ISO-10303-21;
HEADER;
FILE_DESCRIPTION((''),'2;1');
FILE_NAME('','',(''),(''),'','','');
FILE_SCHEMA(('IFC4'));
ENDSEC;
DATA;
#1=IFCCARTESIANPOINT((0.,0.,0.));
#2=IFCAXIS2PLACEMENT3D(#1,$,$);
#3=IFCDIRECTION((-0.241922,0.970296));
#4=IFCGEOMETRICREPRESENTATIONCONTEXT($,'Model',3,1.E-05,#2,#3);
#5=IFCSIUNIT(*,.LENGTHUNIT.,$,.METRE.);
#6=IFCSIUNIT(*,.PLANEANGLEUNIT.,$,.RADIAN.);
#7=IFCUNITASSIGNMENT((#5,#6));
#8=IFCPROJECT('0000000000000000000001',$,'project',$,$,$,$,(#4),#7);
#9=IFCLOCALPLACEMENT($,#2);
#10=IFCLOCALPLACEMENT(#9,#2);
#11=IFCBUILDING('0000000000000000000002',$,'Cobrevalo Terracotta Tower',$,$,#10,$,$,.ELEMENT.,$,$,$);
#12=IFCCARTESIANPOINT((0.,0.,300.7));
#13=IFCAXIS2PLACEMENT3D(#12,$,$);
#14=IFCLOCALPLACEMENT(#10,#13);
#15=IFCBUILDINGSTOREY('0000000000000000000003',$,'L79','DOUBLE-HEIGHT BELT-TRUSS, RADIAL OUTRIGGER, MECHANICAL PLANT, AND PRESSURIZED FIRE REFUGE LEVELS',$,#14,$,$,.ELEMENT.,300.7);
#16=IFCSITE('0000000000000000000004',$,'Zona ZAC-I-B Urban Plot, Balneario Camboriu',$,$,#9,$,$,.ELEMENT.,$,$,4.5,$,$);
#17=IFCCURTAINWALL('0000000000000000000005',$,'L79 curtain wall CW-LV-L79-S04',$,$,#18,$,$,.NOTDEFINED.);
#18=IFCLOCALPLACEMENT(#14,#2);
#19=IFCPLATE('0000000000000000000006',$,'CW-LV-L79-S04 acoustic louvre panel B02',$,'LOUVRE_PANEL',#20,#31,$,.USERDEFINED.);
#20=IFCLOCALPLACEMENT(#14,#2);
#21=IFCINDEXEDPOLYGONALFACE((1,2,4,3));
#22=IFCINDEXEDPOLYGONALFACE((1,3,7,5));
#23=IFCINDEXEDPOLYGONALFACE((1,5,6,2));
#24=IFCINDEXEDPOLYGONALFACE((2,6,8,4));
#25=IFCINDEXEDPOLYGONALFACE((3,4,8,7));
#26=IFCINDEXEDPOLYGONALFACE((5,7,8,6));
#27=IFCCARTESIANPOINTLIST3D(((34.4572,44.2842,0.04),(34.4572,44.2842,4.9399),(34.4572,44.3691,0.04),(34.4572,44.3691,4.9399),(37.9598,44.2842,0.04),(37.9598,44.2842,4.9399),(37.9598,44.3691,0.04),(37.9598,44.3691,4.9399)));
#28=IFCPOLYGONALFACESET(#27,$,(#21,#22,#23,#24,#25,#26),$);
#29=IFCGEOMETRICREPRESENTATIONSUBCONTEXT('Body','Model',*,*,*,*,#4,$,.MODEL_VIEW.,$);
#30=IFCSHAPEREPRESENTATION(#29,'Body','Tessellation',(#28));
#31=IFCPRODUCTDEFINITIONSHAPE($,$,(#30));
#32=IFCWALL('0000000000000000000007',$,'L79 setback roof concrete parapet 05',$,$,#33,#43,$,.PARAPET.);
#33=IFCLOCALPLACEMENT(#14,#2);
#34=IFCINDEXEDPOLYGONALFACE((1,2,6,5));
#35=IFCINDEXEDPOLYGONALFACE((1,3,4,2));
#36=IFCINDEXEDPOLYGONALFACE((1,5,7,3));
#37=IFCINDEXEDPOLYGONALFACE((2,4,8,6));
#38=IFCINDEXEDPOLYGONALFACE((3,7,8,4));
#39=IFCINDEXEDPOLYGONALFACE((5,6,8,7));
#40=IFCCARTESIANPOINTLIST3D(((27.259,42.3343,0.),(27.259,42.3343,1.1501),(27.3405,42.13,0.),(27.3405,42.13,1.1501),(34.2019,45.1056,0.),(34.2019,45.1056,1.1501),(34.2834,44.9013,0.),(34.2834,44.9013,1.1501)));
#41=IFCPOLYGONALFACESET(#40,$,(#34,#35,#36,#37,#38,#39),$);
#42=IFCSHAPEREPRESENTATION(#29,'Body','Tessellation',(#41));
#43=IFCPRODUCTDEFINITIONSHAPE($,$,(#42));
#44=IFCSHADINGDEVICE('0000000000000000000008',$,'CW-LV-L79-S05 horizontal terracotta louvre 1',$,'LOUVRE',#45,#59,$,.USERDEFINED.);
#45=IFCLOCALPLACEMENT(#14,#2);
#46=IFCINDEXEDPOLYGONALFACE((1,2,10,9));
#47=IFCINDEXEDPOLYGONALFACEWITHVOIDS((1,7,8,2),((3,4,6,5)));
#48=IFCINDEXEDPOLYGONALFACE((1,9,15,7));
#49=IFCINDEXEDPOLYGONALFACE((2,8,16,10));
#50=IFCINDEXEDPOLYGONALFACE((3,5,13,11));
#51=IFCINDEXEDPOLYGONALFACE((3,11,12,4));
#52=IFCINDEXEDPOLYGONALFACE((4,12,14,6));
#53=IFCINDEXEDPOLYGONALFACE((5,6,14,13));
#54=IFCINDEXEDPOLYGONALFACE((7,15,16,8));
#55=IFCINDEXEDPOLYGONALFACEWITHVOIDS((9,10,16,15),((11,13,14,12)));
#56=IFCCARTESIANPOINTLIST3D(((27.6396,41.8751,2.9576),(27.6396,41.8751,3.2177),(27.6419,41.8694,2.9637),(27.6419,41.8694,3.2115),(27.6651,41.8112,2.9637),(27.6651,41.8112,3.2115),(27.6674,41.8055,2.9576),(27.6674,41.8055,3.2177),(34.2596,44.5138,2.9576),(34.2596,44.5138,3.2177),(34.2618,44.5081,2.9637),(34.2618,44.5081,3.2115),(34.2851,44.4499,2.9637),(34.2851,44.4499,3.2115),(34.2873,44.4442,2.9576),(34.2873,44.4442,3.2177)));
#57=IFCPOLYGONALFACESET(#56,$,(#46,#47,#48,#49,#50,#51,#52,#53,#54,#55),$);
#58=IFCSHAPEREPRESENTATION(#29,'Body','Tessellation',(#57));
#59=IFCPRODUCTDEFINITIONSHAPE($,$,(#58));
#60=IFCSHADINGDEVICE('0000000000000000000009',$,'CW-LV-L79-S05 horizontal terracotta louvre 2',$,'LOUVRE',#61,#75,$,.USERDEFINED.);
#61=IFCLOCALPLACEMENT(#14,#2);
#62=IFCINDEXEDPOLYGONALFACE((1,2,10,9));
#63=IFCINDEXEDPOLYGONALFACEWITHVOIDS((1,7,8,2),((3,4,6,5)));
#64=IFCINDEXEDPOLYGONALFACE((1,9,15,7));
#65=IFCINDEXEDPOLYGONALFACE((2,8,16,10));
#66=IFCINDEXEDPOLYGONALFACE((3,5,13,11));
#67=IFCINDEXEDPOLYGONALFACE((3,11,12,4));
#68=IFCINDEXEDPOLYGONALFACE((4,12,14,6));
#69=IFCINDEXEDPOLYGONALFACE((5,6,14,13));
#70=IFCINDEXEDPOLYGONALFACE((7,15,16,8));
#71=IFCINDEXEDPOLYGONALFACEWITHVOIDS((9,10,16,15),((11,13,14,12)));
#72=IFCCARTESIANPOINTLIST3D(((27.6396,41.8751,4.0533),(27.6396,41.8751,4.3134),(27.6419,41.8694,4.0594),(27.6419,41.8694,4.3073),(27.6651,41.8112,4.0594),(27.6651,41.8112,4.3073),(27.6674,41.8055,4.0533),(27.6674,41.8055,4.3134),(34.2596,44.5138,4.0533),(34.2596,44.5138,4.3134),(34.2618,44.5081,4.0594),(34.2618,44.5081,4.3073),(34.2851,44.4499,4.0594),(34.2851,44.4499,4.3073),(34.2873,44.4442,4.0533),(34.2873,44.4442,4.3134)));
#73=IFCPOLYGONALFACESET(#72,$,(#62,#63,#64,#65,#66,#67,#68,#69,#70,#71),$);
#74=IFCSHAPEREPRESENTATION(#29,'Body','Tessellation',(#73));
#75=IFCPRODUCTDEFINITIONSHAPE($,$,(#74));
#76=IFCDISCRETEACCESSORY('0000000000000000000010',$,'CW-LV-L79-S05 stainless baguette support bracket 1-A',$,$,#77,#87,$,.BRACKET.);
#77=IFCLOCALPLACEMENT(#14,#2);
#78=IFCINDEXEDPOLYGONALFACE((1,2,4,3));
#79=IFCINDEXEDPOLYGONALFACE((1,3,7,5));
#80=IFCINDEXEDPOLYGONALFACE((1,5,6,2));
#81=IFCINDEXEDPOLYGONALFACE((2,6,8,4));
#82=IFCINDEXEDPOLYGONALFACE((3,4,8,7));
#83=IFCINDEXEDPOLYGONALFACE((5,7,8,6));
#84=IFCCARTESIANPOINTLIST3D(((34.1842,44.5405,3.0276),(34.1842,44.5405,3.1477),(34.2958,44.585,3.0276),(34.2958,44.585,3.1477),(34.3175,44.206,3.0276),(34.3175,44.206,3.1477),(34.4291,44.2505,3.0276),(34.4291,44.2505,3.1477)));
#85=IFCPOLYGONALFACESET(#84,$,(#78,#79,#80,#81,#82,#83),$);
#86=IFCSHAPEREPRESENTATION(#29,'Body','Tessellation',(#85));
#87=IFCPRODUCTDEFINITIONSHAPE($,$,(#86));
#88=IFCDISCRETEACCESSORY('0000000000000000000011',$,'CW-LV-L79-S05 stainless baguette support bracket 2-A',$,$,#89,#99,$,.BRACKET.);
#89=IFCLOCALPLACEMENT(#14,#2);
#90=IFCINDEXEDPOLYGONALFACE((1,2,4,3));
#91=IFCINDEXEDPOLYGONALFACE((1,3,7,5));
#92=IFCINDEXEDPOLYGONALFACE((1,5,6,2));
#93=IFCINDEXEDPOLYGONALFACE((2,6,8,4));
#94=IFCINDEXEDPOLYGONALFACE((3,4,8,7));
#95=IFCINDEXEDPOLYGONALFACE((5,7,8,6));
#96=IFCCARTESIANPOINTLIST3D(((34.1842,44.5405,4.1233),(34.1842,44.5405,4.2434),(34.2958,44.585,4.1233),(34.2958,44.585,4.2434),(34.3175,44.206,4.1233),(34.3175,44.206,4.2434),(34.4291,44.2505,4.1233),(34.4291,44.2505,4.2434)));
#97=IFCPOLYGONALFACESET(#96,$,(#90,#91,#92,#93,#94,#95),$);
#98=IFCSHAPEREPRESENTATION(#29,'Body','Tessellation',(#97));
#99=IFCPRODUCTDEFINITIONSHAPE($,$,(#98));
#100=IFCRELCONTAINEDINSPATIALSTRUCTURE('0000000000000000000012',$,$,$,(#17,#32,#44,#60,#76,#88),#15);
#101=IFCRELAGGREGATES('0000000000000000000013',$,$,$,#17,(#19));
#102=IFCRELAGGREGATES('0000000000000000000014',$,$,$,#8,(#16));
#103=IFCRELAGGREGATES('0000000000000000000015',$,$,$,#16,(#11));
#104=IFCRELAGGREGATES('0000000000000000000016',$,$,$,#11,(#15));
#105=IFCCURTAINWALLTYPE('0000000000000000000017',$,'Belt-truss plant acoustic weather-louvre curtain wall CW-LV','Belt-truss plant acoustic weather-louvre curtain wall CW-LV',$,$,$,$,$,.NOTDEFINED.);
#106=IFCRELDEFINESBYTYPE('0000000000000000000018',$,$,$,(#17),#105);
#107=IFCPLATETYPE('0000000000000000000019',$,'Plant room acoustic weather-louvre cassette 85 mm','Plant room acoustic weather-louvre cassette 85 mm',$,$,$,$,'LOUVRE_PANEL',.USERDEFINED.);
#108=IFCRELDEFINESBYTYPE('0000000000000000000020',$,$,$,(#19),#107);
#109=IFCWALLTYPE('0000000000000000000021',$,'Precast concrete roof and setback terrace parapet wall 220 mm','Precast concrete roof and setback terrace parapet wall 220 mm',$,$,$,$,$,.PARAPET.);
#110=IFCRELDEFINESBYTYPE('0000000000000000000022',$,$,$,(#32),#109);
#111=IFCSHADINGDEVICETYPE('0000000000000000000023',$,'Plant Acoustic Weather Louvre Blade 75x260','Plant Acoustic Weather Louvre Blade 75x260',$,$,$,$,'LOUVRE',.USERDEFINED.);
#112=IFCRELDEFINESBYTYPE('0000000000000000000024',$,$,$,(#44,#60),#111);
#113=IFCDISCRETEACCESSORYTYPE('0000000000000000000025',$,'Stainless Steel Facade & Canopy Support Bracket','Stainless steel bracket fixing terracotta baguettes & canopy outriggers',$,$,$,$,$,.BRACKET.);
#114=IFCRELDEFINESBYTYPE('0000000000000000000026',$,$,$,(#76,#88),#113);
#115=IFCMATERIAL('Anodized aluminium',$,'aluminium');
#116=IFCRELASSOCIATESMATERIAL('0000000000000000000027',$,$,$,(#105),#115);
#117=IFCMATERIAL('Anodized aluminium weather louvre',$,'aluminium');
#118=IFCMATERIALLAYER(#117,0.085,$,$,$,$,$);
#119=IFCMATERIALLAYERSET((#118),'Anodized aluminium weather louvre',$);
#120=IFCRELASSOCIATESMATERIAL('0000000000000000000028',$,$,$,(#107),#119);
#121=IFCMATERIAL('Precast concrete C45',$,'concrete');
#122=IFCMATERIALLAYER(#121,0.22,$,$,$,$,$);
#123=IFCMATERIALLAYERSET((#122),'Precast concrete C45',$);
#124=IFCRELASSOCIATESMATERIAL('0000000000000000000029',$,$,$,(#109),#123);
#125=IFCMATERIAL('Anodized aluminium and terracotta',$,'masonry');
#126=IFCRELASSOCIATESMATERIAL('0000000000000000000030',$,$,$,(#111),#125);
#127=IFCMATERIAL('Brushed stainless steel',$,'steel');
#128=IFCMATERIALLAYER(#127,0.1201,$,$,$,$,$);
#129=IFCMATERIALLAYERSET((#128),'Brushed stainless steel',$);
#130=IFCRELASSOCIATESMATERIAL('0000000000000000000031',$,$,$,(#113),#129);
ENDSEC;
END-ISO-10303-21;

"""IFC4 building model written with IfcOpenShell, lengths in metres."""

from ifc_helpers import new_model, si_unit, direction, frame, frame_2d, origin, origin_2d, place, context, subcontext, project, spatial, rectangle, hollow_rectangle, extrude, source, transform, mapped, material, layer, layer_set, material_profile, profile_set, type_object, element, aggregate, save


model = new_model("IFC4")

# Units and contexts
model_context = context("Model", 3, precision=1e-05, world=origin(), true_north=direction((-0.241922, 0.970296)))
body_context = subcontext(model_context, "Body", "Model", "MODEL_VIEW")
ifc_project = project(units=[si_unit("LENGTHUNIT", "METRE"), si_unit("PLANEANGLEUNIT", "RADIAN")], contexts=[model_context])

# Site, building, storey
site_placement = place(None, origin())
site = spatial("IfcSite", under=ifc_project, at=site_placement, Name="Zona ZAC-I-B Urban Plot, Balneario Camboriu", CompositionType="ELEMENT", RefElevation=4.5)
building_placement = place(site_placement, origin())
building = spatial("IfcBuilding", under=site, at=building_placement, Name="Cobrevalo Terracotta Tower", CompositionType="ELEMENT")
storey_placement = place(building_placement, frame((0.0, 0.0, 300.7)))
storey = spatial("IfcBuildingStorey", under=building, at=storey_placement, Name="L79", Description="DOUBLE-HEIGHT BELT-TRUSS, RADIAL OUTRIGGER, MECHANICAL PLANT, AND PRESSURIZED FIRE REFUGE LEVELS", CompositionType="ELEMENT", Elevation=300.7)

# Curtain wall
ifc_material_1 = material(Name="Anodized aluminium", Category="aluminium")
curtain_wall_type = type_object("IfcCurtainWallType", Name="Belt-truss plant acoustic weather-louvre curtain wall CW-LV", Description="Belt-truss plant acoustic weather-louvre curtain wall CW-LV", PredefinedType="NOTDEFINED", material=ifc_material_1)
curtain_wall_1_placement = place(storey_placement, origin())
curtain_wall_1 = element("IfcCurtainWall", 1, at=curtain_wall_1_placement, inside=storey, type_object=curtain_wall_type, Name="L79 curtain wall CW-LV-L79-S04", PredefinedType="NOTDEFINED")

# Plate
ifc_material_2 = material(Name="Anodized aluminium weather louvre", Category="aluminium")
ifc_layer_1 = layer(ifc_material_2, 0.085)
ifc_layer_set_1 = layer_set([ifc_layer_1], Name="Anodized aluminium weather louvre")
plate_type_1 = type_object("IfcPlateType", Name="Plant room acoustic weather-louvre cassette 85 mm", Description="Plant room acoustic weather-louvre cassette 85 mm", ElementType="LOUVRE_PANEL", PredefinedType="USERDEFINED", material=ifc_layer_set_1)
shared_shape_1 = source(origin(), body_context, "Body", "SweptSolid", [
    extrude(rectangle(XDim=3.5027, YDim=0.085, at=origin_2d()), origin(), (0.0, 0.0, 1.0), 4.8999),
])
plate_1_placement = place(storey_placement, frame((36.2085, 44.3267, 0.04), z_axis=(0.0, 0.0, 1.0), x_axis=(-1.0, 0.0, 0.0)))
plate_1 = element("IfcPlate", 2, at=plate_1_placement, type_object=plate_type_1, Name="CW-LV-L79-S04 acoustic louvre panel B02", ObjectType="LOUVRE_PANEL", PredefinedType="USERDEFINED", context=body_context, shape_type="MappedRepresentation", body=[
    mapped(shared_shape_1, transform((0.0, 0.0, 0.0), scale=1.0)),
])
aggregate(curtain_wall_1, [plate_1])

# Wall
ifc_material_3 = material(Name="Precast concrete C45", Category="concrete")
ifc_layer_2 = layer(ifc_material_3, 0.22)
ifc_layer_set_2 = layer_set([ifc_layer_2], Name="Precast concrete C45")
wall_type = type_object("IfcWallType", Name="Precast concrete roof and setback terrace parapet wall 220 mm", Description="Precast concrete roof and setback terrace parapet wall 220 mm", PredefinedType="PARAPET", material=ifc_layer_set_2)
wall_placement = place(storey_placement, frame((34.2427, 45.0034, 0.0), z_axis=(0.0, 0.0, 1.0), x_axis=(-0.928749, -0.370709, 0.0)))
element("IfcWall", 3, at=wall_placement, inside=storey, type_object=wall_type, Name="L79 setback roof concrete parapet 05", PredefinedType="PARAPET", context=body_context, shape_type="SweptSolid", body=[
    extrude(rectangle(XDim=7.4756, YDim=0.22, at=frame_2d((3.7378, 0.0))), origin(), (0.0, 0.0, 1.0), 1.1501),
])

# Shading devices
ifc_material_4 = material(Name="Anodized aluminium and terracotta", Category="masonry")
ifc_material_profile_1 = material_profile(ifc_material_4, hollow_rectangle(XDim=0.075, YDim=0.26, WallThickness=0.0061, at=origin_2d()), Name="LOUVRE BLADE 75x260")
ifc_profile_set_1 = profile_set([ifc_material_profile_1], Name="Anodized aluminium and terracotta")
shading_device_type = type_object("IfcShadingDeviceType", Name="Plant Acoustic Weather Louvre Blade 75x260", Description="Plant Acoustic Weather Louvre Blade 75x260", ElementType="LOUVRE", PredefinedType="USERDEFINED", material=ifc_profile_set_1)
shared_shape_2 = source(origin(), body_context, "Body", "SweptSolid", [
    extrude(hollow_rectangle(XDim=0.075, YDim=0.26, WallThickness=0.0061, at=origin_2d()), origin(), (0.0, 0.0, 1.0), 7.1265),
])
for number, where, z_axis, x_axis, name in (
    (4, (34.2734, 44.479, 3.0876), (-0.928925, -0.370268, 0.0), (0.370268, -0.928925, 0.0), "CW-LV-L79-S05 horizontal terracotta louvre 1"),
    (5, (34.2734, 44.479, 4.1833), (-0.928925, -0.370268, 0.0), (0.370268, -0.928925, 0.0), "CW-LV-L79-S05 horizontal terracotta louvre 2"),
):
    element("IfcShadingDevice", number, at=place(storey_placement, frame(where, z_axis=z_axis, x_axis=x_axis)), inside=storey, type_object=shading_device_type, Name=name, ObjectType="LOUVRE", PredefinedType="USERDEFINED", context=body_context, shape_type="MappedRepresentation", body=[
        mapped(shared_shape_2, transform((0.0, 0.0, 0.0), scale=1.0)),
    ])

# Discrete accessories
ifc_material_5 = material(Name="Brushed stainless steel", Category="steel")
ifc_layer_3 = layer(ifc_material_5, 0.1201)
ifc_layer_set_3 = layer_set([ifc_layer_3], Name="Brushed stainless steel")
discrete_accessory_type = type_object("IfcDiscreteAccessoryType", Name="Stainless Steel Facade & Canopy Support Bracket", Description="Stainless steel bracket fixing terracotta baguettes & canopy outriggers", PredefinedType="BRACKET", material=ifc_layer_set_3)
shared_shape_3 = source(origin(), body_context, "Body", "SweptSolid", [
    extrude(rectangle(XDim=0.1201, YDim=0.3601, at=origin_2d()), origin(), (0.0, 0.0, 1.0), 0.1201),
])
for number, where, z_axis, x_axis, name in (
    (6, (34.3066, 44.3955, 3.0276), (0.0, 0.0, 1.0), (-0.928925, -0.370269, 0.0), "CW-LV-L79-S05 stainless baguette support bracket 1-A"),
    (7, (34.3066, 44.3955, 4.1233), (0.0, 0.0, 1.0), (-0.928925, -0.370269, 0.0), "CW-LV-L79-S05 stainless baguette support bracket 2-A"),
):
    element("IfcDiscreteAccessory", number, at=place(storey_placement, frame(where, z_axis=z_axis, x_axis=x_axis)), inside=storey, type_object=discrete_accessory_type, Name=name, PredefinedType="BRACKET", context=body_context, shape_type="MappedRepresentation", body=[
        mapped(shared_shape_3, transform((0.0, 0.0, 0.0), scale=1.0)),
    ])

save(model, "model.ifc")
